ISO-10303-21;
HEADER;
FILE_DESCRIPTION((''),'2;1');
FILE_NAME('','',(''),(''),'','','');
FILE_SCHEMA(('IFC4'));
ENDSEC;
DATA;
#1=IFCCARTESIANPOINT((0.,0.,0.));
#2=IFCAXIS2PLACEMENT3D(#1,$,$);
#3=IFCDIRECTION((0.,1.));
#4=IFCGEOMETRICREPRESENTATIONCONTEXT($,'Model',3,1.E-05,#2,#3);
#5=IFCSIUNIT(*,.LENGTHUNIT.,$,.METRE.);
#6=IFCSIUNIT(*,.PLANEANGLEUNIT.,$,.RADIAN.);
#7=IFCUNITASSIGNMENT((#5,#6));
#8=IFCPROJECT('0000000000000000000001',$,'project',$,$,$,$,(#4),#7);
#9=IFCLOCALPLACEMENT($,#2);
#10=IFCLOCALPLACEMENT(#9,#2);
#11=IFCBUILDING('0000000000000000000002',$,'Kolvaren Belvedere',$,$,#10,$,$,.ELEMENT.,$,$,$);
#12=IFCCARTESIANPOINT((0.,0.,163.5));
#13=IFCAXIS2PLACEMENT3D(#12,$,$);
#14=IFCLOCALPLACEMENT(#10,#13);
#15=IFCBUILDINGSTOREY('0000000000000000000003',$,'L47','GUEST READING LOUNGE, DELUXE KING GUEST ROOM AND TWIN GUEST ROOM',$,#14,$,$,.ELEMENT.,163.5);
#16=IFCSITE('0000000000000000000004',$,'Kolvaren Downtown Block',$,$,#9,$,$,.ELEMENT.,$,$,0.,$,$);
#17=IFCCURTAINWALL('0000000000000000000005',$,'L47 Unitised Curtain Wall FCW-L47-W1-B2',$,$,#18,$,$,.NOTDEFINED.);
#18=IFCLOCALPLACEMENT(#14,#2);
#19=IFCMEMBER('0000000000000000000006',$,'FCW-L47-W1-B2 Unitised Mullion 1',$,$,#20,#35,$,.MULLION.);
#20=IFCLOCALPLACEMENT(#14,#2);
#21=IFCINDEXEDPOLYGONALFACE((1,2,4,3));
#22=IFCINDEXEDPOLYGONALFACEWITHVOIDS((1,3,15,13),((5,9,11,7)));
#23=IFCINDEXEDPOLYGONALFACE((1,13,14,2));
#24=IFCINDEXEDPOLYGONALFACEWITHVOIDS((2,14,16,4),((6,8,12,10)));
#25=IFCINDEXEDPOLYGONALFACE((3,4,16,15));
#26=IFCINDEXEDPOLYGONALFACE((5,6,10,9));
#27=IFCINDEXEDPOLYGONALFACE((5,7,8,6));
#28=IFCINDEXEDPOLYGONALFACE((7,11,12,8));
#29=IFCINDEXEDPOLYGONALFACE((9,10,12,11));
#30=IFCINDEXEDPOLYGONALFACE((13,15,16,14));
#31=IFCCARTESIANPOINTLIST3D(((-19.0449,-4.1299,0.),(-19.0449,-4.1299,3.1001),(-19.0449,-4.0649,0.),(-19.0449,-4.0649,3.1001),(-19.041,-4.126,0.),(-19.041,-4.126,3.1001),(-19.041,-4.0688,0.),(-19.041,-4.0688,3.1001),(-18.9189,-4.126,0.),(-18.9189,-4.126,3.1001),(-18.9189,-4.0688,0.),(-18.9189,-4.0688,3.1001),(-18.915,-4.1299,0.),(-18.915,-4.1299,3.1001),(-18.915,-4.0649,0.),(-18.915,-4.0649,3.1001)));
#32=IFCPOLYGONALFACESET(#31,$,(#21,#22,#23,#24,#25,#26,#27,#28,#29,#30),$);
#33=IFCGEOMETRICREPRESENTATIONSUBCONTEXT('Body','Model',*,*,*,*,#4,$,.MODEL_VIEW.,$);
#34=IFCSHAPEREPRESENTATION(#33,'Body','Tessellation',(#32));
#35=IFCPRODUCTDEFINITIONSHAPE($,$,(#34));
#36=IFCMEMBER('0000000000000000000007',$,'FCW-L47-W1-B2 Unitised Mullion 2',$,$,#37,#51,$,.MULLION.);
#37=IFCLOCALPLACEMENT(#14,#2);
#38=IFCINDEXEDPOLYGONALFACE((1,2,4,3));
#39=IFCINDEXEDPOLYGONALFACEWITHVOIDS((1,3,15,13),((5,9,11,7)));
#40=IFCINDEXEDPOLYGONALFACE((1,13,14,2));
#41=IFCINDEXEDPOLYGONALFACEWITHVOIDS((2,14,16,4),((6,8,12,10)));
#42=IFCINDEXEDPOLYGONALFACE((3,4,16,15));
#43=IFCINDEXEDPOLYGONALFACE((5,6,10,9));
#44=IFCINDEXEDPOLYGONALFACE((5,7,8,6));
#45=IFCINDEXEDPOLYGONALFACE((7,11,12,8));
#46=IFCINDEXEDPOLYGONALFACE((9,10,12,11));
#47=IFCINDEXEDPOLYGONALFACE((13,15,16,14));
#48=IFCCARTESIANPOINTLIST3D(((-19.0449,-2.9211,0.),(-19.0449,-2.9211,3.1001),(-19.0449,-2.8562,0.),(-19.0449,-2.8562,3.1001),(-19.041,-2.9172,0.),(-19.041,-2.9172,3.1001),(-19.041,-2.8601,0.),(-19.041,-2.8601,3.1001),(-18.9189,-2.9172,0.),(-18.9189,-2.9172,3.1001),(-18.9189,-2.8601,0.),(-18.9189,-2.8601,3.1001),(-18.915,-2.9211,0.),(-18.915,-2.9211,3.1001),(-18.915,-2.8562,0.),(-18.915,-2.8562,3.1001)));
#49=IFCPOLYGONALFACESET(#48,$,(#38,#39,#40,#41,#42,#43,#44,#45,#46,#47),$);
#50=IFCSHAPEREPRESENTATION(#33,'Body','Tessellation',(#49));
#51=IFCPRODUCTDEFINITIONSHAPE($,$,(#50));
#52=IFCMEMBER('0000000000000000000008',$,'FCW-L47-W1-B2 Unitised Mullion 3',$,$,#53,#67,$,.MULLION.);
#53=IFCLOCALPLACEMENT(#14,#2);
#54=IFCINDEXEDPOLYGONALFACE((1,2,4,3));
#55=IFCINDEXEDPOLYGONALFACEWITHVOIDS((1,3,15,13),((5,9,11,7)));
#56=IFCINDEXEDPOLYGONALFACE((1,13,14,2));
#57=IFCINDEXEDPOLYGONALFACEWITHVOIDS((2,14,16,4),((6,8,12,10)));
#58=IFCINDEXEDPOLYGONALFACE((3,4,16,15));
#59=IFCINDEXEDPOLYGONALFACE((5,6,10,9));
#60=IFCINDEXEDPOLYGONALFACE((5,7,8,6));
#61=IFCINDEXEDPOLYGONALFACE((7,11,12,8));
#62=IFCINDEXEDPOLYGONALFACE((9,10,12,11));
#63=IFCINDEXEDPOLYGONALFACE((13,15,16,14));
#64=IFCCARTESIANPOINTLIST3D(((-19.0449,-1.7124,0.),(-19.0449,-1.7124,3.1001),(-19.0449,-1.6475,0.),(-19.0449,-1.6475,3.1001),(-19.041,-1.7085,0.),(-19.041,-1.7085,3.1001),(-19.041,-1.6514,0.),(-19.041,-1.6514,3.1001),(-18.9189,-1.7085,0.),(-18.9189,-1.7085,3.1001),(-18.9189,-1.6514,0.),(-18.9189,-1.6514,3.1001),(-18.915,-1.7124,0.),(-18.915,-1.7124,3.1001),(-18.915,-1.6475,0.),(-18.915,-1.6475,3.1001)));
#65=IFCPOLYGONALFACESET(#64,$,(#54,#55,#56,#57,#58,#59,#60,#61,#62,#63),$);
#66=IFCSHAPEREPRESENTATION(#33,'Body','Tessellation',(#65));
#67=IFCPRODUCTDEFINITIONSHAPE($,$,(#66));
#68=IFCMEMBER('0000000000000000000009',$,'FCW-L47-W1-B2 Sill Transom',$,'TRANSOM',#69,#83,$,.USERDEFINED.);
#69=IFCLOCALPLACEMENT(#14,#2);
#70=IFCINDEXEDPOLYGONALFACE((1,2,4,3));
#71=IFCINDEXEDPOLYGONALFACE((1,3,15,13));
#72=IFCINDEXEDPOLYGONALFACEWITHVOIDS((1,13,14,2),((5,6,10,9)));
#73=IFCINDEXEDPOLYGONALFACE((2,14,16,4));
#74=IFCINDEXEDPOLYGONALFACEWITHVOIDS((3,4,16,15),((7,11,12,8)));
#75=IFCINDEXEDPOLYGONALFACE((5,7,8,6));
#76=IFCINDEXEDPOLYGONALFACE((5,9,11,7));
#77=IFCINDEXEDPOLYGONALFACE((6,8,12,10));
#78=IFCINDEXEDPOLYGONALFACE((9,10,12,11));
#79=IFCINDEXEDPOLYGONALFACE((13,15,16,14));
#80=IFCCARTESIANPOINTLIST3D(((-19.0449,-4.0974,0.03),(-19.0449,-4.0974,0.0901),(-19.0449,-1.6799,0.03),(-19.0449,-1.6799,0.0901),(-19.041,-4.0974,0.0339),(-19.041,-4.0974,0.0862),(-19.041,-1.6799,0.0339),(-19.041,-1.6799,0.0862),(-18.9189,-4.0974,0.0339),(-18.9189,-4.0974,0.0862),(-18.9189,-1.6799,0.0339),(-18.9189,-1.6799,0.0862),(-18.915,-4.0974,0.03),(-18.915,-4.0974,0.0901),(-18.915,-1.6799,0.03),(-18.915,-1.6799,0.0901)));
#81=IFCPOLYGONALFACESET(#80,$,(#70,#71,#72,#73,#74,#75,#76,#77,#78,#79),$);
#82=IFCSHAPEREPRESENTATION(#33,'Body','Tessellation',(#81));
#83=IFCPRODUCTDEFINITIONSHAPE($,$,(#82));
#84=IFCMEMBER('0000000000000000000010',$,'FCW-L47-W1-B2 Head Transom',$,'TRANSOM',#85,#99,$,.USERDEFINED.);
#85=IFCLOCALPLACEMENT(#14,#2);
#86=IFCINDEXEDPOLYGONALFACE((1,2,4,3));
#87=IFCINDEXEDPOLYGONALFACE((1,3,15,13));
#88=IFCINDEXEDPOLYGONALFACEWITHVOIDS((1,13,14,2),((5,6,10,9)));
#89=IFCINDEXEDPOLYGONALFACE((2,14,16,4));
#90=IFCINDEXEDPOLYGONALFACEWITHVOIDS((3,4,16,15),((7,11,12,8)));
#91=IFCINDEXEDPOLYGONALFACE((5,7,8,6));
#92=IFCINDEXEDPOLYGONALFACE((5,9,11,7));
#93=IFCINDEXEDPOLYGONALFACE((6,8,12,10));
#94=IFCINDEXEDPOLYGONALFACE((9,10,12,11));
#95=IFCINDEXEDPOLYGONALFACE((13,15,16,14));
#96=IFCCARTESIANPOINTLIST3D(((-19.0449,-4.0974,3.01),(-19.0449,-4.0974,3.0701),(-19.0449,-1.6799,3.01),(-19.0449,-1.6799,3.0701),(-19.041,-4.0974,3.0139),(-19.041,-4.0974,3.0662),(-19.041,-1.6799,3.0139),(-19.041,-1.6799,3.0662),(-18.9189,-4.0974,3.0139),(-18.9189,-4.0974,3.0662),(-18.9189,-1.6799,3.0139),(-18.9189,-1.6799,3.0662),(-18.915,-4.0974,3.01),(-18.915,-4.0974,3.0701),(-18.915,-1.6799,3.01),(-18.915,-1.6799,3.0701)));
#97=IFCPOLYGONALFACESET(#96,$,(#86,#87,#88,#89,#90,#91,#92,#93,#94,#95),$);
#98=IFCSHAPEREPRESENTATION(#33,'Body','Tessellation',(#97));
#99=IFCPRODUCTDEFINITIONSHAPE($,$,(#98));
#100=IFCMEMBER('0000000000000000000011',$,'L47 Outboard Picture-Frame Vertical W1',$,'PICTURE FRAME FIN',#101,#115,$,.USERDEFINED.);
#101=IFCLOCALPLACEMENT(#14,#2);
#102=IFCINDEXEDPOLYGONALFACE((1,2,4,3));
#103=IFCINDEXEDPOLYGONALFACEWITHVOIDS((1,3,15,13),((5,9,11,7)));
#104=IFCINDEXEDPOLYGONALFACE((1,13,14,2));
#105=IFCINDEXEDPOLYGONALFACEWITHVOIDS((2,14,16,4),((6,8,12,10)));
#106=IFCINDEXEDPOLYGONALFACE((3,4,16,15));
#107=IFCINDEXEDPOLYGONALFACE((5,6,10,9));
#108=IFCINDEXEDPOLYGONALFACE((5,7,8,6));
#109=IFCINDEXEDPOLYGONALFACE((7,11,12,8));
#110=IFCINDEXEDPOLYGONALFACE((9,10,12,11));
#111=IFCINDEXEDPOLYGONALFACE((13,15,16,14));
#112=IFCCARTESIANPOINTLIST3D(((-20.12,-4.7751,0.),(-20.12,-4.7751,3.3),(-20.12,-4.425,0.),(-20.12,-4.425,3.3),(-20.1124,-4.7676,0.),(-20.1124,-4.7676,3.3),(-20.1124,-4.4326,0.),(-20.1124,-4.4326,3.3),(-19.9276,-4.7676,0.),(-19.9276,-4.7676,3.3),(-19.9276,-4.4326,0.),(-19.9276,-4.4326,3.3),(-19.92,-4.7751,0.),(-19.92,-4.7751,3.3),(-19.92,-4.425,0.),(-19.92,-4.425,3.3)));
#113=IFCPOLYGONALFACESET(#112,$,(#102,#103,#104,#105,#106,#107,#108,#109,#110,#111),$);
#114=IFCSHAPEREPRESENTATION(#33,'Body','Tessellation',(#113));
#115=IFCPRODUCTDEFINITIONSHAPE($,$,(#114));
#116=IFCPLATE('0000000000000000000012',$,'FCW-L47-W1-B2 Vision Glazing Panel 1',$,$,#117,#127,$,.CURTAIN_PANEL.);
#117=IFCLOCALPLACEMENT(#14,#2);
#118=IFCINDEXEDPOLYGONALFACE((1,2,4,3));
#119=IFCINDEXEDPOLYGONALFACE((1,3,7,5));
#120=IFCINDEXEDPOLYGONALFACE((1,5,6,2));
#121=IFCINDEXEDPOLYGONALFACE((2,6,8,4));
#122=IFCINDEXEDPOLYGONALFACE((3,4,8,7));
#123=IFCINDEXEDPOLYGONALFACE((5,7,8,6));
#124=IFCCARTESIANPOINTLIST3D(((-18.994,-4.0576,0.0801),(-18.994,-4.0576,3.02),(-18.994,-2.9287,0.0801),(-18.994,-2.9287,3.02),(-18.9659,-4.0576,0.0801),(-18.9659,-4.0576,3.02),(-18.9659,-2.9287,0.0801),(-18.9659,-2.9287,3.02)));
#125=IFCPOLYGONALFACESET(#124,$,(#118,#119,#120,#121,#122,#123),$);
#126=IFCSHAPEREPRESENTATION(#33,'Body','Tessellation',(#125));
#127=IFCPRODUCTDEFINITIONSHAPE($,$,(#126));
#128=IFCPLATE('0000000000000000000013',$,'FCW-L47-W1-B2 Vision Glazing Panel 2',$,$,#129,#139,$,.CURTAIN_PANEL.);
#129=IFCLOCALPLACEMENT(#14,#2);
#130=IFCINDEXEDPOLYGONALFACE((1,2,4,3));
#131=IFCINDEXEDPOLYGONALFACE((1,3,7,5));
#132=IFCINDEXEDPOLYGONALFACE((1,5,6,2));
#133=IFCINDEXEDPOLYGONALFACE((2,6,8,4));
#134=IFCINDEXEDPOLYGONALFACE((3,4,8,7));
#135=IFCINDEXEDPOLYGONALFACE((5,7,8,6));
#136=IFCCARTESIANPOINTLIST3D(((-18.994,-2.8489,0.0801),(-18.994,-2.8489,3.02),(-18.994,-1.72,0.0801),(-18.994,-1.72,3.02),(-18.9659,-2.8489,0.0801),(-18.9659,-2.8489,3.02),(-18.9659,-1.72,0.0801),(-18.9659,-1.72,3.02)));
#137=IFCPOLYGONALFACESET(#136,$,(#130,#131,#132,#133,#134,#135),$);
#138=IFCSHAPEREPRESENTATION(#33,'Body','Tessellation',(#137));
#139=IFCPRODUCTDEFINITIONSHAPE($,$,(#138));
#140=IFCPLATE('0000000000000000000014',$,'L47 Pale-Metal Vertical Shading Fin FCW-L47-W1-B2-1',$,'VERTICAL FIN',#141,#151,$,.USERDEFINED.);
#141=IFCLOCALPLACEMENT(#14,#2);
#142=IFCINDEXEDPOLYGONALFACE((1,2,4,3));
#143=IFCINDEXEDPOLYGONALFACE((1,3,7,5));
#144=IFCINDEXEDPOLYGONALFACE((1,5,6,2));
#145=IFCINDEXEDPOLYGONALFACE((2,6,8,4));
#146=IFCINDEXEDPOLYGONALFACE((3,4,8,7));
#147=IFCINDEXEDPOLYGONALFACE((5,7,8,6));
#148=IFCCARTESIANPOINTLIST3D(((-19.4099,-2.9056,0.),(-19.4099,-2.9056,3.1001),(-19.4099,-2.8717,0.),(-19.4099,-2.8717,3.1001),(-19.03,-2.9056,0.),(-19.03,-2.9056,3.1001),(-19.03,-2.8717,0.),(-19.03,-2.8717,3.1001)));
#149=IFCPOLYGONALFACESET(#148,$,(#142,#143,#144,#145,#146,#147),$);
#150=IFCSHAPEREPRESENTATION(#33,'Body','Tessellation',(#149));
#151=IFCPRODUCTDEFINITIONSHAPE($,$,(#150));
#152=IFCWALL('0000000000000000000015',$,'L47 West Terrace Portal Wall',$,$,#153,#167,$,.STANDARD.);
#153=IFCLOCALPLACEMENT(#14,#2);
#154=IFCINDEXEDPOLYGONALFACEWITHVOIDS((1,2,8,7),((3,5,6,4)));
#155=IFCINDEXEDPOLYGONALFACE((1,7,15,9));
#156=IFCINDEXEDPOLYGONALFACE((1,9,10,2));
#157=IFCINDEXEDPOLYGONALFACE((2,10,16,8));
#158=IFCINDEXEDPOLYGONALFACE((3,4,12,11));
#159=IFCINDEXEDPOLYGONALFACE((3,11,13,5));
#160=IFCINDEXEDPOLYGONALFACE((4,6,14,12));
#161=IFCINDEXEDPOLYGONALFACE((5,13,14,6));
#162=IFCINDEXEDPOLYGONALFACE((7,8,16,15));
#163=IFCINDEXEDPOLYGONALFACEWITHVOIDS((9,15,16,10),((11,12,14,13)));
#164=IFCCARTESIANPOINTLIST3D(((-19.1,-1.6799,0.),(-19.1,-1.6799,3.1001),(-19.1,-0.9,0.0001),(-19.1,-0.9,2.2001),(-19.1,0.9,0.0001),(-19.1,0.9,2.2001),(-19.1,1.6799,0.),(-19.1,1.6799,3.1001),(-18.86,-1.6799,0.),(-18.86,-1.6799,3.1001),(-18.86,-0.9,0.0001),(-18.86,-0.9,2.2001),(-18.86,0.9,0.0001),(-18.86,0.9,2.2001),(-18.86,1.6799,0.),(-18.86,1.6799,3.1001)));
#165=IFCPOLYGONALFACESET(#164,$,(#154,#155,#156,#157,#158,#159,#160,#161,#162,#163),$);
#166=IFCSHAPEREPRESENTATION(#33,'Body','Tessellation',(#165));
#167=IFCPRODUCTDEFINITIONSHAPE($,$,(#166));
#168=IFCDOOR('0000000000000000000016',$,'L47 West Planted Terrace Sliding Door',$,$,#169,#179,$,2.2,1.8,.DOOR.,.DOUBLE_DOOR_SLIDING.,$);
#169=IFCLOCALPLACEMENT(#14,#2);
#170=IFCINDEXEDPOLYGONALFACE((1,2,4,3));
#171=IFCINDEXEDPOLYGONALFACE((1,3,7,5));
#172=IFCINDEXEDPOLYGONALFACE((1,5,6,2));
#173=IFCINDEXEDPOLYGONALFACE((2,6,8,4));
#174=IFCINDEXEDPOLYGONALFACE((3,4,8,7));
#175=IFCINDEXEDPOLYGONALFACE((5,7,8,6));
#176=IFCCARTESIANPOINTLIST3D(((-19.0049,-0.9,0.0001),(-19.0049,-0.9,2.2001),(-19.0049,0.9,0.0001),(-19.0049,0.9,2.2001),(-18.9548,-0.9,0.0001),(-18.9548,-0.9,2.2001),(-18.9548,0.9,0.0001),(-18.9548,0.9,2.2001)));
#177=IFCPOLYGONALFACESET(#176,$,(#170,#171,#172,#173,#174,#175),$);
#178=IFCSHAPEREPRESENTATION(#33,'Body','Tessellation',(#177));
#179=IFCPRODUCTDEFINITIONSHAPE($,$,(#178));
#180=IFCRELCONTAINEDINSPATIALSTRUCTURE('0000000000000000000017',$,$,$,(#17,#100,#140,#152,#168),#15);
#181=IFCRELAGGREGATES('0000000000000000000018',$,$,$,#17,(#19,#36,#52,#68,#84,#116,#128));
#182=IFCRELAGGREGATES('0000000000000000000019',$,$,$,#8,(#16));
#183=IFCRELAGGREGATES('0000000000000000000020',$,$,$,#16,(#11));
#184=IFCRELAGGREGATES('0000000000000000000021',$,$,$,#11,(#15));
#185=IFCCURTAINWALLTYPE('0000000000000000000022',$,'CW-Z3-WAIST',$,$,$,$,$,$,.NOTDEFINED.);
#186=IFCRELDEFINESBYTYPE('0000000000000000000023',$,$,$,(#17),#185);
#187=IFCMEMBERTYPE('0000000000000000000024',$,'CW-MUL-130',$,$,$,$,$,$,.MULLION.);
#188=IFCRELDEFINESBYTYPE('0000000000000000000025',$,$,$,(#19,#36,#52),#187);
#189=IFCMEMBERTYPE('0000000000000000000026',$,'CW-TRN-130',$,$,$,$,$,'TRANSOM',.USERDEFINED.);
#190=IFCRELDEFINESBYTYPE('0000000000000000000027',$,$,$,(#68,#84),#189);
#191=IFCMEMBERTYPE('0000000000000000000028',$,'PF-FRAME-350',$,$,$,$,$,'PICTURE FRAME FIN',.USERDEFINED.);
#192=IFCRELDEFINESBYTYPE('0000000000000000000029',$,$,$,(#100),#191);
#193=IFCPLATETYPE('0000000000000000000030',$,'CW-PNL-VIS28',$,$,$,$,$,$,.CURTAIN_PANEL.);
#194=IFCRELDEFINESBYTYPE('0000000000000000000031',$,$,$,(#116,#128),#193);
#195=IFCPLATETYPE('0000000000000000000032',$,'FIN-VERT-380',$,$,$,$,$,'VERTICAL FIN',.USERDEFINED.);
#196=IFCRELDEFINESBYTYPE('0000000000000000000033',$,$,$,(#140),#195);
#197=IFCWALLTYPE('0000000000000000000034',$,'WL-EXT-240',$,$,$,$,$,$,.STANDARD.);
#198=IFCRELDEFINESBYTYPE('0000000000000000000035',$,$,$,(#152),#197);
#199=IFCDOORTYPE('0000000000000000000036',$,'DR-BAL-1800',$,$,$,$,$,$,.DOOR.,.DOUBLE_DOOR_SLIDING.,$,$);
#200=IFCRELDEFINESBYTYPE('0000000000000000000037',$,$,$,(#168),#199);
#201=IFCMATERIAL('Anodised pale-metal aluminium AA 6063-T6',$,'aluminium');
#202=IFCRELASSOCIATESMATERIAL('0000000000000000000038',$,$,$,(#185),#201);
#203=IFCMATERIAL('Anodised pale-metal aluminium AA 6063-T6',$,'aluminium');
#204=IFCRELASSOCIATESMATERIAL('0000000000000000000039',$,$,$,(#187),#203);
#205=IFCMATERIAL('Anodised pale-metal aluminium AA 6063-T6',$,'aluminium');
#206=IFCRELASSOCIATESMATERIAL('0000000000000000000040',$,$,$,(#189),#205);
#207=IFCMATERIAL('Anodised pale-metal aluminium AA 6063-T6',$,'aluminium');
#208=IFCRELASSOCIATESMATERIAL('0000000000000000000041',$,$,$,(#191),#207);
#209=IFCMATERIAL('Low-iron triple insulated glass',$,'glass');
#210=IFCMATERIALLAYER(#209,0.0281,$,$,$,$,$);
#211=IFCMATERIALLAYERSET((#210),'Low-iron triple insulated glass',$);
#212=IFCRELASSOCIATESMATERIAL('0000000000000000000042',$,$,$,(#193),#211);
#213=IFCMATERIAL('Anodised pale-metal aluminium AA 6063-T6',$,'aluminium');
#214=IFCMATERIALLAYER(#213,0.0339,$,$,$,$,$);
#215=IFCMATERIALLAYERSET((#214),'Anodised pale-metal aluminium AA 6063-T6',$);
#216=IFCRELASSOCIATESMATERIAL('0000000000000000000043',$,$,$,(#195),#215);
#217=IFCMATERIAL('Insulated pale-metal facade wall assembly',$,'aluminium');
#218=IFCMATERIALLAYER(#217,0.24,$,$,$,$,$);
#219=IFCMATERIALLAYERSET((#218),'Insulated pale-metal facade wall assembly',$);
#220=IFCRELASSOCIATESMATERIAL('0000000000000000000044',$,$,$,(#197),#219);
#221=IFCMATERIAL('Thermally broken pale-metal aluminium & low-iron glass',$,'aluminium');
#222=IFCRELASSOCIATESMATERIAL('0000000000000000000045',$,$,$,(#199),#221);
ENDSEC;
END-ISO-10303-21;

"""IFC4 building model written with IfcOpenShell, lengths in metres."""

from ifc_helpers import new_model, si_unit, direction, frame, frame_2d, origin, origin_2d, place, context, subcontext, project, spatial, rectangle, hollow_rectangle, extrude, material, layer, layer_set, material_profile, profile_set, type_object, element, fill, aggregate, save


model = new_model("IFC4")

# Units and contexts
model_context = context("Model", 3, precision=1e-05, world=origin(), true_north=direction((0.0, 1.0)))
body_context = subcontext(model_context, "Body", "Model", "MODEL_VIEW")
ifc_project = project(units=[si_unit("LENGTHUNIT", "METRE"), si_unit("PLANEANGLEUNIT", "RADIAN")], contexts=[model_context])

# Site, building, storey
site_placement = place(None, origin())
site = spatial("IfcSite", under=ifc_project, at=site_placement, Name="Kolvaren Downtown Block", CompositionType="ELEMENT", RefElevation=0.0)
building_placement = place(site_placement, origin())
building = spatial("IfcBuilding", under=site, at=building_placement, Name="Kolvaren Belvedere", CompositionType="ELEMENT")
storey_placement = place(building_placement, frame((0.0, 0.0, 163.5)))
storey = spatial("IfcBuildingStorey", under=building, at=storey_placement, Name="L47", Description="GUEST READING LOUNGE, DELUXE KING GUEST ROOM AND TWIN GUEST ROOM", CompositionType="ELEMENT", Elevation=163.5)

# Shared definitions
ifc_material_1 = material(Name="Anodised pale-metal aluminium AA 6063-T6", Category="aluminium")
curtain_wall_type = type_object("IfcCurtainWallType", Name="CW-Z3-WAIST", PredefinedType="NOTDEFINED", material=ifc_material_1)
ifc_material_2 = material(Name="Anodised pale-metal aluminium AA 6063-T6", Category="aluminium")
ifc_material_profile_1 = material_profile(ifc_material_2, hollow_rectangle(XDim=0.0649, YDim=0.1299, WallThickness=0.0039, at=origin_2d()), Name="ALU-MUL-130X65")
ifc_profile_set_1 = profile_set([ifc_material_profile_1], Name="Anodised pale-metal aluminium AA 6063-T6")
member_type_1 = type_object("IfcMemberType", Name="CW-MUL-130", PredefinedType="MULLION", material=ifc_profile_set_1)

# Curtain wall, members
curtain_wall_1_placement = place(storey_placement, origin())
curtain_wall_1 = element("IfcCurtainWall", 1, at=curtain_wall_1_placement, inside=storey, type_object=curtain_wall_type, Name="L47 Unitised Curtain Wall FCW-L47-W1-B2", PredefinedType="NOTDEFINED")
member_1_placement = place(storey_placement, frame((-18.98, -4.0974, 0.0), z_axis=(0.0, 0.0, 1.0), x_axis=(0.0, 1.0, 0.0)))
member_1 = element("IfcMember", 2, at=member_1_placement, type_object=member_type_1, Name="FCW-L47-W1-B2 Unitised Mullion 1", PredefinedType="MULLION", context=body_context, shape_type="SweptSolid", body=[
    extrude(hollow_rectangle(XDim=0.0649, YDim=0.1299, WallThickness=0.0039, at=origin_2d()), origin(), (0.0, 0.0, 1.0), 3.1001),
])
member_2_placement = place(storey_placement, frame((-18.98, -2.8887, 0.0), z_axis=(0.0, 0.0, 1.0), x_axis=(0.0, 1.0, 0.0)))
member_2 = element("IfcMember", 3, at=member_2_placement, type_object=member_type_1, Name="FCW-L47-W1-B2 Unitised Mullion 2", PredefinedType="MULLION", context=body_context, shape_type="SweptSolid", body=[
    extrude(hollow_rectangle(XDim=0.0649, YDim=0.1299, WallThickness=0.0039, at=origin_2d()), origin(), (0.0, 0.0, 1.0), 3.1001),
])
member_3_placement = place(storey_placement, frame((-18.98, -1.6799, 0.0), z_axis=(0.0, 0.0, 1.0), x_axis=(0.0, 1.0, 0.0)))
member_3 = element("IfcMember", 4, at=member_3_placement, type_object=member_type_1, Name="FCW-L47-W1-B2 Unitised Mullion 3", PredefinedType="MULLION", context=body_context, shape_type="SweptSolid", body=[
    extrude(hollow_rectangle(XDim=0.0649, YDim=0.1299, WallThickness=0.0039, at=origin_2d()), origin(), (0.0, 0.0, 1.0), 3.1001),
])
ifc_material_3 = material(Name="Anodised pale-metal aluminium AA 6063-T6", Category="aluminium")
ifc_material_profile_2 = material_profile(ifc_material_3, hollow_rectangle(XDim=0.0601, YDim=0.1299, WallThickness=0.0039, at=origin_2d()), Name="ALU-TRN-130X60")
ifc_profile_set_2 = profile_set([ifc_material_profile_2], Name="Anodised pale-metal aluminium AA 6063-T6")
member_type_2 = type_object("IfcMemberType", Name="CW-TRN-130", ElementType="TRANSOM", PredefinedType="USERDEFINED", material=ifc_profile_set_2)
member_4_placement = place(storey_placement, frame((-18.98, -4.0974, 0.0601), z_axis=(0.0, 1.0, 0.0), x_axis=(0.0, 0.0, 1.0)))
member_4 = element("IfcMember", 5, at=member_4_placement, type_object=member_type_2, Name="FCW-L47-W1-B2 Sill Transom", ObjectType="TRANSOM", PredefinedType="USERDEFINED", context=body_context, shape_type="SweptSolid", body=[
    extrude(hollow_rectangle(XDim=0.0601, YDim=0.1299, WallThickness=0.0039, at=origin_2d()), origin(), (0.0, 0.0, 1.0), 2.4175),
])
member_5_placement = place(storey_placement, frame((-18.98, -4.0974, 3.04), z_axis=(0.0, 1.0, 0.0), x_axis=(0.0, 0.0, 1.0)))
member_5 = element("IfcMember", 6, at=member_5_placement, type_object=member_type_2, Name="FCW-L47-W1-B2 Head Transom", ObjectType="TRANSOM", PredefinedType="USERDEFINED", context=body_context, shape_type="SweptSolid", body=[
    extrude(hollow_rectangle(XDim=0.0601, YDim=0.1299, WallThickness=0.0039, at=origin_2d()), origin(), (0.0, 0.0, 1.0), 2.4175),
])

# Member
ifc_material_4 = material(Name="Anodised pale-metal aluminium AA 6063-T6", Category="aluminium")
ifc_material_profile_3 = material_profile(ifc_material_4, hollow_rectangle(XDim=0.2, YDim=0.3501, WallThickness=0.0076, at=origin_2d()), Name="ALU-PF-350X200")
ifc_profile_set_3 = profile_set([ifc_material_profile_3], Name="Anodised pale-metal aluminium AA 6063-T6")
member_type_3 = type_object("IfcMemberType", Name="PF-FRAME-350", ElementType="PICTURE FRAME FIN", PredefinedType="USERDEFINED", material=ifc_profile_set_3)
member_6_placement = place(storey_placement, frame((-20.02, -4.6001, 0.0), z_axis=(0.0, 0.0, 1.0), x_axis=(1.0, 0.0, 0.0)))
element("IfcMember", 7, at=member_6_placement, inside=storey, type_object=member_type_3, Name="L47 Outboard Picture-Frame Vertical W1", ObjectType="PICTURE FRAME FIN", PredefinedType="USERDEFINED", context=body_context, shape_type="SweptSolid", body=[
    extrude(hollow_rectangle(XDim=0.2, YDim=0.3501, WallThickness=0.0076, at=origin_2d()), origin(), (0.0, 0.0, 1.0), 3.3),
])

# Plates
ifc_material_5 = material(Name="Low-iron triple insulated glass", Category="glass")
ifc_layer_1 = layer(ifc_material_5, 0.0281)
ifc_layer_set_1 = layer_set([ifc_layer_1], Name="Low-iron triple insulated glass")
plate_type_1 = type_object("IfcPlateType", Name="CW-PNL-VIS28", PredefinedType="CURTAIN_PANEL", material=ifc_layer_set_1)
plate_1_placement = place(storey_placement, frame((-18.98, -3.4932, 0.0801), z_axis=(0.0, 0.0, 1.0), x_axis=(0.0, 1.0, 0.0)))
plate_1 = element("IfcPlate", 8, at=plate_1_placement, type_object=plate_type_1, Name="FCW-L47-W1-B2 Vision Glazing Panel 1", PredefinedType="CURTAIN_PANEL", context=body_context, shape_type="SweptSolid", body=[
    extrude(rectangle(XDim=1.1289, YDim=0.0281, at=origin_2d()), origin(), (0.0, 0.0, 1.0), 2.9399),
])
plate_2_placement = place(storey_placement, frame((-18.98, -2.2844, 0.0801), z_axis=(0.0, 0.0, 1.0), x_axis=(0.0, 1.0, 0.0)))
plate_2 = element("IfcPlate", 9, at=plate_2_placement, type_object=plate_type_1, Name="FCW-L47-W1-B2 Vision Glazing Panel 2", PredefinedType="CURTAIN_PANEL", context=body_context, shape_type="SweptSolid", body=[
    extrude(rectangle(XDim=1.1289, YDim=0.0281, at=origin_2d()), origin(), (0.0, 0.0, 1.0), 2.9399),
])
aggregate(curtain_wall_1, [member_1, member_2, member_3, member_4, member_5, plate_1, plate_2])
ifc_material_6 = material(Name="Anodised pale-metal aluminium AA 6063-T6", Category="aluminium")
ifc_layer_2 = layer(ifc_material_6, 0.0339)
ifc_layer_set_2 = layer_set([ifc_layer_2], Name="Anodised pale-metal aluminium AA 6063-T6")
plate_type_2 = type_object("IfcPlateType", Name="FIN-VERT-380", ElementType="VERTICAL FIN", PredefinedType="USERDEFINED", material=ifc_layer_set_2)
plate_3_placement = place(storey_placement, frame((-19.22, -2.8887, 0.0), z_axis=(0.0, 0.0, 1.0), x_axis=(1.0, 0.0, 0.0)))
element("IfcPlate", 10, at=plate_3_placement, inside=storey, type_object=plate_type_2, Name="L47 Pale-Metal Vertical Shading Fin FCW-L47-W1-B2-1", ObjectType="VERTICAL FIN", PredefinedType="USERDEFINED", context=body_context, shape_type="SweptSolid", body=[
    extrude(rectangle(XDim=0.3799, YDim=0.0339, at=origin_2d()), origin(), (0.0, 0.0, 1.0), 3.1001),
])

# Wall, opening, door
ifc_material_7 = material(Name="Insulated pale-metal facade wall assembly", Category="aluminium")
ifc_layer_3 = layer(ifc_material_7, 0.24)
ifc_layer_set_3 = layer_set([ifc_layer_3], Name="Insulated pale-metal facade wall assembly")
wall_type_1 = type_object("IfcWallType", Name="WL-EXT-240", PredefinedType="STANDARD", material=ifc_layer_set_3)
wall_1_placement = place(storey_placement, frame((-18.98, -1.6799, 0.0), z_axis=(0.0, 0.0, 1.0), x_axis=(0.0, 1.0, 0.0)))
wall_1 = element("IfcWall", 11, at=wall_1_placement, inside=storey, type_object=wall_type_1, Name="L47 West Terrace Portal Wall", PredefinedType="STANDARD", context=body_context, shape_type="SweptSolid", body=[
    extrude(rectangle(XDim=3.3599, YDim=0.24, at=frame_2d((1.6799, 0.0))), origin(), (0.0, 0.0, 1.0), 3.1001),
])
opening_placement = place(wall_1_placement, frame((0.78, 0.0, 0.0)))
opening = element("IfcOpeningElement", 12, at=opening_placement, cuts=wall_1, PredefinedType="OPENING", context=body_context, shape_type="SweptSolid", body=[
    extrude(rectangle(XDim=1.8, YDim=2.2, at=frame_2d((0.8999, 1.1001))), frame((0.0, 0.1299, 0.0), z_axis=(0.0, -1.0, 0.0), x_axis=(1.0, 0.0, 0.0)), (0.0, 0.0, 1.0), 0.26),
])
ifc_material_8 = material(Name="Thermally broken pale-metal aluminium & low-iron glass", Category="aluminium")
door_type = type_object("IfcDoorType", Name="DR-BAL-1800", OperationType="DOUBLE_DOOR_SLIDING", PredefinedType="DOOR", material=ifc_material_8)
door_placement = place(opening_placement, origin())
door = element("IfcDoor", 13, at=door_placement, inside=storey, type_object=door_type, Name="L47 West Planted Terrace Sliding Door", OperationType="DOUBLE_DOOR_SLIDING", OverallHeight=2.2, OverallWidth=1.8, PredefinedType="DOOR", context=body_context, shape_type="SweptSolid", body=[
    extrude(rectangle(XDim=1.8, YDim=2.2, at=frame_2d((0.8999, 1.1001))), frame((0.0, 0.0249, 0.0), z_axis=(0.0, -1.0, 0.0), x_axis=(1.0, 0.0, 0.0)), (0.0, 0.0, 1.0), 0.05),
])
fill(opening, door)

save(model, "model.ifc")
